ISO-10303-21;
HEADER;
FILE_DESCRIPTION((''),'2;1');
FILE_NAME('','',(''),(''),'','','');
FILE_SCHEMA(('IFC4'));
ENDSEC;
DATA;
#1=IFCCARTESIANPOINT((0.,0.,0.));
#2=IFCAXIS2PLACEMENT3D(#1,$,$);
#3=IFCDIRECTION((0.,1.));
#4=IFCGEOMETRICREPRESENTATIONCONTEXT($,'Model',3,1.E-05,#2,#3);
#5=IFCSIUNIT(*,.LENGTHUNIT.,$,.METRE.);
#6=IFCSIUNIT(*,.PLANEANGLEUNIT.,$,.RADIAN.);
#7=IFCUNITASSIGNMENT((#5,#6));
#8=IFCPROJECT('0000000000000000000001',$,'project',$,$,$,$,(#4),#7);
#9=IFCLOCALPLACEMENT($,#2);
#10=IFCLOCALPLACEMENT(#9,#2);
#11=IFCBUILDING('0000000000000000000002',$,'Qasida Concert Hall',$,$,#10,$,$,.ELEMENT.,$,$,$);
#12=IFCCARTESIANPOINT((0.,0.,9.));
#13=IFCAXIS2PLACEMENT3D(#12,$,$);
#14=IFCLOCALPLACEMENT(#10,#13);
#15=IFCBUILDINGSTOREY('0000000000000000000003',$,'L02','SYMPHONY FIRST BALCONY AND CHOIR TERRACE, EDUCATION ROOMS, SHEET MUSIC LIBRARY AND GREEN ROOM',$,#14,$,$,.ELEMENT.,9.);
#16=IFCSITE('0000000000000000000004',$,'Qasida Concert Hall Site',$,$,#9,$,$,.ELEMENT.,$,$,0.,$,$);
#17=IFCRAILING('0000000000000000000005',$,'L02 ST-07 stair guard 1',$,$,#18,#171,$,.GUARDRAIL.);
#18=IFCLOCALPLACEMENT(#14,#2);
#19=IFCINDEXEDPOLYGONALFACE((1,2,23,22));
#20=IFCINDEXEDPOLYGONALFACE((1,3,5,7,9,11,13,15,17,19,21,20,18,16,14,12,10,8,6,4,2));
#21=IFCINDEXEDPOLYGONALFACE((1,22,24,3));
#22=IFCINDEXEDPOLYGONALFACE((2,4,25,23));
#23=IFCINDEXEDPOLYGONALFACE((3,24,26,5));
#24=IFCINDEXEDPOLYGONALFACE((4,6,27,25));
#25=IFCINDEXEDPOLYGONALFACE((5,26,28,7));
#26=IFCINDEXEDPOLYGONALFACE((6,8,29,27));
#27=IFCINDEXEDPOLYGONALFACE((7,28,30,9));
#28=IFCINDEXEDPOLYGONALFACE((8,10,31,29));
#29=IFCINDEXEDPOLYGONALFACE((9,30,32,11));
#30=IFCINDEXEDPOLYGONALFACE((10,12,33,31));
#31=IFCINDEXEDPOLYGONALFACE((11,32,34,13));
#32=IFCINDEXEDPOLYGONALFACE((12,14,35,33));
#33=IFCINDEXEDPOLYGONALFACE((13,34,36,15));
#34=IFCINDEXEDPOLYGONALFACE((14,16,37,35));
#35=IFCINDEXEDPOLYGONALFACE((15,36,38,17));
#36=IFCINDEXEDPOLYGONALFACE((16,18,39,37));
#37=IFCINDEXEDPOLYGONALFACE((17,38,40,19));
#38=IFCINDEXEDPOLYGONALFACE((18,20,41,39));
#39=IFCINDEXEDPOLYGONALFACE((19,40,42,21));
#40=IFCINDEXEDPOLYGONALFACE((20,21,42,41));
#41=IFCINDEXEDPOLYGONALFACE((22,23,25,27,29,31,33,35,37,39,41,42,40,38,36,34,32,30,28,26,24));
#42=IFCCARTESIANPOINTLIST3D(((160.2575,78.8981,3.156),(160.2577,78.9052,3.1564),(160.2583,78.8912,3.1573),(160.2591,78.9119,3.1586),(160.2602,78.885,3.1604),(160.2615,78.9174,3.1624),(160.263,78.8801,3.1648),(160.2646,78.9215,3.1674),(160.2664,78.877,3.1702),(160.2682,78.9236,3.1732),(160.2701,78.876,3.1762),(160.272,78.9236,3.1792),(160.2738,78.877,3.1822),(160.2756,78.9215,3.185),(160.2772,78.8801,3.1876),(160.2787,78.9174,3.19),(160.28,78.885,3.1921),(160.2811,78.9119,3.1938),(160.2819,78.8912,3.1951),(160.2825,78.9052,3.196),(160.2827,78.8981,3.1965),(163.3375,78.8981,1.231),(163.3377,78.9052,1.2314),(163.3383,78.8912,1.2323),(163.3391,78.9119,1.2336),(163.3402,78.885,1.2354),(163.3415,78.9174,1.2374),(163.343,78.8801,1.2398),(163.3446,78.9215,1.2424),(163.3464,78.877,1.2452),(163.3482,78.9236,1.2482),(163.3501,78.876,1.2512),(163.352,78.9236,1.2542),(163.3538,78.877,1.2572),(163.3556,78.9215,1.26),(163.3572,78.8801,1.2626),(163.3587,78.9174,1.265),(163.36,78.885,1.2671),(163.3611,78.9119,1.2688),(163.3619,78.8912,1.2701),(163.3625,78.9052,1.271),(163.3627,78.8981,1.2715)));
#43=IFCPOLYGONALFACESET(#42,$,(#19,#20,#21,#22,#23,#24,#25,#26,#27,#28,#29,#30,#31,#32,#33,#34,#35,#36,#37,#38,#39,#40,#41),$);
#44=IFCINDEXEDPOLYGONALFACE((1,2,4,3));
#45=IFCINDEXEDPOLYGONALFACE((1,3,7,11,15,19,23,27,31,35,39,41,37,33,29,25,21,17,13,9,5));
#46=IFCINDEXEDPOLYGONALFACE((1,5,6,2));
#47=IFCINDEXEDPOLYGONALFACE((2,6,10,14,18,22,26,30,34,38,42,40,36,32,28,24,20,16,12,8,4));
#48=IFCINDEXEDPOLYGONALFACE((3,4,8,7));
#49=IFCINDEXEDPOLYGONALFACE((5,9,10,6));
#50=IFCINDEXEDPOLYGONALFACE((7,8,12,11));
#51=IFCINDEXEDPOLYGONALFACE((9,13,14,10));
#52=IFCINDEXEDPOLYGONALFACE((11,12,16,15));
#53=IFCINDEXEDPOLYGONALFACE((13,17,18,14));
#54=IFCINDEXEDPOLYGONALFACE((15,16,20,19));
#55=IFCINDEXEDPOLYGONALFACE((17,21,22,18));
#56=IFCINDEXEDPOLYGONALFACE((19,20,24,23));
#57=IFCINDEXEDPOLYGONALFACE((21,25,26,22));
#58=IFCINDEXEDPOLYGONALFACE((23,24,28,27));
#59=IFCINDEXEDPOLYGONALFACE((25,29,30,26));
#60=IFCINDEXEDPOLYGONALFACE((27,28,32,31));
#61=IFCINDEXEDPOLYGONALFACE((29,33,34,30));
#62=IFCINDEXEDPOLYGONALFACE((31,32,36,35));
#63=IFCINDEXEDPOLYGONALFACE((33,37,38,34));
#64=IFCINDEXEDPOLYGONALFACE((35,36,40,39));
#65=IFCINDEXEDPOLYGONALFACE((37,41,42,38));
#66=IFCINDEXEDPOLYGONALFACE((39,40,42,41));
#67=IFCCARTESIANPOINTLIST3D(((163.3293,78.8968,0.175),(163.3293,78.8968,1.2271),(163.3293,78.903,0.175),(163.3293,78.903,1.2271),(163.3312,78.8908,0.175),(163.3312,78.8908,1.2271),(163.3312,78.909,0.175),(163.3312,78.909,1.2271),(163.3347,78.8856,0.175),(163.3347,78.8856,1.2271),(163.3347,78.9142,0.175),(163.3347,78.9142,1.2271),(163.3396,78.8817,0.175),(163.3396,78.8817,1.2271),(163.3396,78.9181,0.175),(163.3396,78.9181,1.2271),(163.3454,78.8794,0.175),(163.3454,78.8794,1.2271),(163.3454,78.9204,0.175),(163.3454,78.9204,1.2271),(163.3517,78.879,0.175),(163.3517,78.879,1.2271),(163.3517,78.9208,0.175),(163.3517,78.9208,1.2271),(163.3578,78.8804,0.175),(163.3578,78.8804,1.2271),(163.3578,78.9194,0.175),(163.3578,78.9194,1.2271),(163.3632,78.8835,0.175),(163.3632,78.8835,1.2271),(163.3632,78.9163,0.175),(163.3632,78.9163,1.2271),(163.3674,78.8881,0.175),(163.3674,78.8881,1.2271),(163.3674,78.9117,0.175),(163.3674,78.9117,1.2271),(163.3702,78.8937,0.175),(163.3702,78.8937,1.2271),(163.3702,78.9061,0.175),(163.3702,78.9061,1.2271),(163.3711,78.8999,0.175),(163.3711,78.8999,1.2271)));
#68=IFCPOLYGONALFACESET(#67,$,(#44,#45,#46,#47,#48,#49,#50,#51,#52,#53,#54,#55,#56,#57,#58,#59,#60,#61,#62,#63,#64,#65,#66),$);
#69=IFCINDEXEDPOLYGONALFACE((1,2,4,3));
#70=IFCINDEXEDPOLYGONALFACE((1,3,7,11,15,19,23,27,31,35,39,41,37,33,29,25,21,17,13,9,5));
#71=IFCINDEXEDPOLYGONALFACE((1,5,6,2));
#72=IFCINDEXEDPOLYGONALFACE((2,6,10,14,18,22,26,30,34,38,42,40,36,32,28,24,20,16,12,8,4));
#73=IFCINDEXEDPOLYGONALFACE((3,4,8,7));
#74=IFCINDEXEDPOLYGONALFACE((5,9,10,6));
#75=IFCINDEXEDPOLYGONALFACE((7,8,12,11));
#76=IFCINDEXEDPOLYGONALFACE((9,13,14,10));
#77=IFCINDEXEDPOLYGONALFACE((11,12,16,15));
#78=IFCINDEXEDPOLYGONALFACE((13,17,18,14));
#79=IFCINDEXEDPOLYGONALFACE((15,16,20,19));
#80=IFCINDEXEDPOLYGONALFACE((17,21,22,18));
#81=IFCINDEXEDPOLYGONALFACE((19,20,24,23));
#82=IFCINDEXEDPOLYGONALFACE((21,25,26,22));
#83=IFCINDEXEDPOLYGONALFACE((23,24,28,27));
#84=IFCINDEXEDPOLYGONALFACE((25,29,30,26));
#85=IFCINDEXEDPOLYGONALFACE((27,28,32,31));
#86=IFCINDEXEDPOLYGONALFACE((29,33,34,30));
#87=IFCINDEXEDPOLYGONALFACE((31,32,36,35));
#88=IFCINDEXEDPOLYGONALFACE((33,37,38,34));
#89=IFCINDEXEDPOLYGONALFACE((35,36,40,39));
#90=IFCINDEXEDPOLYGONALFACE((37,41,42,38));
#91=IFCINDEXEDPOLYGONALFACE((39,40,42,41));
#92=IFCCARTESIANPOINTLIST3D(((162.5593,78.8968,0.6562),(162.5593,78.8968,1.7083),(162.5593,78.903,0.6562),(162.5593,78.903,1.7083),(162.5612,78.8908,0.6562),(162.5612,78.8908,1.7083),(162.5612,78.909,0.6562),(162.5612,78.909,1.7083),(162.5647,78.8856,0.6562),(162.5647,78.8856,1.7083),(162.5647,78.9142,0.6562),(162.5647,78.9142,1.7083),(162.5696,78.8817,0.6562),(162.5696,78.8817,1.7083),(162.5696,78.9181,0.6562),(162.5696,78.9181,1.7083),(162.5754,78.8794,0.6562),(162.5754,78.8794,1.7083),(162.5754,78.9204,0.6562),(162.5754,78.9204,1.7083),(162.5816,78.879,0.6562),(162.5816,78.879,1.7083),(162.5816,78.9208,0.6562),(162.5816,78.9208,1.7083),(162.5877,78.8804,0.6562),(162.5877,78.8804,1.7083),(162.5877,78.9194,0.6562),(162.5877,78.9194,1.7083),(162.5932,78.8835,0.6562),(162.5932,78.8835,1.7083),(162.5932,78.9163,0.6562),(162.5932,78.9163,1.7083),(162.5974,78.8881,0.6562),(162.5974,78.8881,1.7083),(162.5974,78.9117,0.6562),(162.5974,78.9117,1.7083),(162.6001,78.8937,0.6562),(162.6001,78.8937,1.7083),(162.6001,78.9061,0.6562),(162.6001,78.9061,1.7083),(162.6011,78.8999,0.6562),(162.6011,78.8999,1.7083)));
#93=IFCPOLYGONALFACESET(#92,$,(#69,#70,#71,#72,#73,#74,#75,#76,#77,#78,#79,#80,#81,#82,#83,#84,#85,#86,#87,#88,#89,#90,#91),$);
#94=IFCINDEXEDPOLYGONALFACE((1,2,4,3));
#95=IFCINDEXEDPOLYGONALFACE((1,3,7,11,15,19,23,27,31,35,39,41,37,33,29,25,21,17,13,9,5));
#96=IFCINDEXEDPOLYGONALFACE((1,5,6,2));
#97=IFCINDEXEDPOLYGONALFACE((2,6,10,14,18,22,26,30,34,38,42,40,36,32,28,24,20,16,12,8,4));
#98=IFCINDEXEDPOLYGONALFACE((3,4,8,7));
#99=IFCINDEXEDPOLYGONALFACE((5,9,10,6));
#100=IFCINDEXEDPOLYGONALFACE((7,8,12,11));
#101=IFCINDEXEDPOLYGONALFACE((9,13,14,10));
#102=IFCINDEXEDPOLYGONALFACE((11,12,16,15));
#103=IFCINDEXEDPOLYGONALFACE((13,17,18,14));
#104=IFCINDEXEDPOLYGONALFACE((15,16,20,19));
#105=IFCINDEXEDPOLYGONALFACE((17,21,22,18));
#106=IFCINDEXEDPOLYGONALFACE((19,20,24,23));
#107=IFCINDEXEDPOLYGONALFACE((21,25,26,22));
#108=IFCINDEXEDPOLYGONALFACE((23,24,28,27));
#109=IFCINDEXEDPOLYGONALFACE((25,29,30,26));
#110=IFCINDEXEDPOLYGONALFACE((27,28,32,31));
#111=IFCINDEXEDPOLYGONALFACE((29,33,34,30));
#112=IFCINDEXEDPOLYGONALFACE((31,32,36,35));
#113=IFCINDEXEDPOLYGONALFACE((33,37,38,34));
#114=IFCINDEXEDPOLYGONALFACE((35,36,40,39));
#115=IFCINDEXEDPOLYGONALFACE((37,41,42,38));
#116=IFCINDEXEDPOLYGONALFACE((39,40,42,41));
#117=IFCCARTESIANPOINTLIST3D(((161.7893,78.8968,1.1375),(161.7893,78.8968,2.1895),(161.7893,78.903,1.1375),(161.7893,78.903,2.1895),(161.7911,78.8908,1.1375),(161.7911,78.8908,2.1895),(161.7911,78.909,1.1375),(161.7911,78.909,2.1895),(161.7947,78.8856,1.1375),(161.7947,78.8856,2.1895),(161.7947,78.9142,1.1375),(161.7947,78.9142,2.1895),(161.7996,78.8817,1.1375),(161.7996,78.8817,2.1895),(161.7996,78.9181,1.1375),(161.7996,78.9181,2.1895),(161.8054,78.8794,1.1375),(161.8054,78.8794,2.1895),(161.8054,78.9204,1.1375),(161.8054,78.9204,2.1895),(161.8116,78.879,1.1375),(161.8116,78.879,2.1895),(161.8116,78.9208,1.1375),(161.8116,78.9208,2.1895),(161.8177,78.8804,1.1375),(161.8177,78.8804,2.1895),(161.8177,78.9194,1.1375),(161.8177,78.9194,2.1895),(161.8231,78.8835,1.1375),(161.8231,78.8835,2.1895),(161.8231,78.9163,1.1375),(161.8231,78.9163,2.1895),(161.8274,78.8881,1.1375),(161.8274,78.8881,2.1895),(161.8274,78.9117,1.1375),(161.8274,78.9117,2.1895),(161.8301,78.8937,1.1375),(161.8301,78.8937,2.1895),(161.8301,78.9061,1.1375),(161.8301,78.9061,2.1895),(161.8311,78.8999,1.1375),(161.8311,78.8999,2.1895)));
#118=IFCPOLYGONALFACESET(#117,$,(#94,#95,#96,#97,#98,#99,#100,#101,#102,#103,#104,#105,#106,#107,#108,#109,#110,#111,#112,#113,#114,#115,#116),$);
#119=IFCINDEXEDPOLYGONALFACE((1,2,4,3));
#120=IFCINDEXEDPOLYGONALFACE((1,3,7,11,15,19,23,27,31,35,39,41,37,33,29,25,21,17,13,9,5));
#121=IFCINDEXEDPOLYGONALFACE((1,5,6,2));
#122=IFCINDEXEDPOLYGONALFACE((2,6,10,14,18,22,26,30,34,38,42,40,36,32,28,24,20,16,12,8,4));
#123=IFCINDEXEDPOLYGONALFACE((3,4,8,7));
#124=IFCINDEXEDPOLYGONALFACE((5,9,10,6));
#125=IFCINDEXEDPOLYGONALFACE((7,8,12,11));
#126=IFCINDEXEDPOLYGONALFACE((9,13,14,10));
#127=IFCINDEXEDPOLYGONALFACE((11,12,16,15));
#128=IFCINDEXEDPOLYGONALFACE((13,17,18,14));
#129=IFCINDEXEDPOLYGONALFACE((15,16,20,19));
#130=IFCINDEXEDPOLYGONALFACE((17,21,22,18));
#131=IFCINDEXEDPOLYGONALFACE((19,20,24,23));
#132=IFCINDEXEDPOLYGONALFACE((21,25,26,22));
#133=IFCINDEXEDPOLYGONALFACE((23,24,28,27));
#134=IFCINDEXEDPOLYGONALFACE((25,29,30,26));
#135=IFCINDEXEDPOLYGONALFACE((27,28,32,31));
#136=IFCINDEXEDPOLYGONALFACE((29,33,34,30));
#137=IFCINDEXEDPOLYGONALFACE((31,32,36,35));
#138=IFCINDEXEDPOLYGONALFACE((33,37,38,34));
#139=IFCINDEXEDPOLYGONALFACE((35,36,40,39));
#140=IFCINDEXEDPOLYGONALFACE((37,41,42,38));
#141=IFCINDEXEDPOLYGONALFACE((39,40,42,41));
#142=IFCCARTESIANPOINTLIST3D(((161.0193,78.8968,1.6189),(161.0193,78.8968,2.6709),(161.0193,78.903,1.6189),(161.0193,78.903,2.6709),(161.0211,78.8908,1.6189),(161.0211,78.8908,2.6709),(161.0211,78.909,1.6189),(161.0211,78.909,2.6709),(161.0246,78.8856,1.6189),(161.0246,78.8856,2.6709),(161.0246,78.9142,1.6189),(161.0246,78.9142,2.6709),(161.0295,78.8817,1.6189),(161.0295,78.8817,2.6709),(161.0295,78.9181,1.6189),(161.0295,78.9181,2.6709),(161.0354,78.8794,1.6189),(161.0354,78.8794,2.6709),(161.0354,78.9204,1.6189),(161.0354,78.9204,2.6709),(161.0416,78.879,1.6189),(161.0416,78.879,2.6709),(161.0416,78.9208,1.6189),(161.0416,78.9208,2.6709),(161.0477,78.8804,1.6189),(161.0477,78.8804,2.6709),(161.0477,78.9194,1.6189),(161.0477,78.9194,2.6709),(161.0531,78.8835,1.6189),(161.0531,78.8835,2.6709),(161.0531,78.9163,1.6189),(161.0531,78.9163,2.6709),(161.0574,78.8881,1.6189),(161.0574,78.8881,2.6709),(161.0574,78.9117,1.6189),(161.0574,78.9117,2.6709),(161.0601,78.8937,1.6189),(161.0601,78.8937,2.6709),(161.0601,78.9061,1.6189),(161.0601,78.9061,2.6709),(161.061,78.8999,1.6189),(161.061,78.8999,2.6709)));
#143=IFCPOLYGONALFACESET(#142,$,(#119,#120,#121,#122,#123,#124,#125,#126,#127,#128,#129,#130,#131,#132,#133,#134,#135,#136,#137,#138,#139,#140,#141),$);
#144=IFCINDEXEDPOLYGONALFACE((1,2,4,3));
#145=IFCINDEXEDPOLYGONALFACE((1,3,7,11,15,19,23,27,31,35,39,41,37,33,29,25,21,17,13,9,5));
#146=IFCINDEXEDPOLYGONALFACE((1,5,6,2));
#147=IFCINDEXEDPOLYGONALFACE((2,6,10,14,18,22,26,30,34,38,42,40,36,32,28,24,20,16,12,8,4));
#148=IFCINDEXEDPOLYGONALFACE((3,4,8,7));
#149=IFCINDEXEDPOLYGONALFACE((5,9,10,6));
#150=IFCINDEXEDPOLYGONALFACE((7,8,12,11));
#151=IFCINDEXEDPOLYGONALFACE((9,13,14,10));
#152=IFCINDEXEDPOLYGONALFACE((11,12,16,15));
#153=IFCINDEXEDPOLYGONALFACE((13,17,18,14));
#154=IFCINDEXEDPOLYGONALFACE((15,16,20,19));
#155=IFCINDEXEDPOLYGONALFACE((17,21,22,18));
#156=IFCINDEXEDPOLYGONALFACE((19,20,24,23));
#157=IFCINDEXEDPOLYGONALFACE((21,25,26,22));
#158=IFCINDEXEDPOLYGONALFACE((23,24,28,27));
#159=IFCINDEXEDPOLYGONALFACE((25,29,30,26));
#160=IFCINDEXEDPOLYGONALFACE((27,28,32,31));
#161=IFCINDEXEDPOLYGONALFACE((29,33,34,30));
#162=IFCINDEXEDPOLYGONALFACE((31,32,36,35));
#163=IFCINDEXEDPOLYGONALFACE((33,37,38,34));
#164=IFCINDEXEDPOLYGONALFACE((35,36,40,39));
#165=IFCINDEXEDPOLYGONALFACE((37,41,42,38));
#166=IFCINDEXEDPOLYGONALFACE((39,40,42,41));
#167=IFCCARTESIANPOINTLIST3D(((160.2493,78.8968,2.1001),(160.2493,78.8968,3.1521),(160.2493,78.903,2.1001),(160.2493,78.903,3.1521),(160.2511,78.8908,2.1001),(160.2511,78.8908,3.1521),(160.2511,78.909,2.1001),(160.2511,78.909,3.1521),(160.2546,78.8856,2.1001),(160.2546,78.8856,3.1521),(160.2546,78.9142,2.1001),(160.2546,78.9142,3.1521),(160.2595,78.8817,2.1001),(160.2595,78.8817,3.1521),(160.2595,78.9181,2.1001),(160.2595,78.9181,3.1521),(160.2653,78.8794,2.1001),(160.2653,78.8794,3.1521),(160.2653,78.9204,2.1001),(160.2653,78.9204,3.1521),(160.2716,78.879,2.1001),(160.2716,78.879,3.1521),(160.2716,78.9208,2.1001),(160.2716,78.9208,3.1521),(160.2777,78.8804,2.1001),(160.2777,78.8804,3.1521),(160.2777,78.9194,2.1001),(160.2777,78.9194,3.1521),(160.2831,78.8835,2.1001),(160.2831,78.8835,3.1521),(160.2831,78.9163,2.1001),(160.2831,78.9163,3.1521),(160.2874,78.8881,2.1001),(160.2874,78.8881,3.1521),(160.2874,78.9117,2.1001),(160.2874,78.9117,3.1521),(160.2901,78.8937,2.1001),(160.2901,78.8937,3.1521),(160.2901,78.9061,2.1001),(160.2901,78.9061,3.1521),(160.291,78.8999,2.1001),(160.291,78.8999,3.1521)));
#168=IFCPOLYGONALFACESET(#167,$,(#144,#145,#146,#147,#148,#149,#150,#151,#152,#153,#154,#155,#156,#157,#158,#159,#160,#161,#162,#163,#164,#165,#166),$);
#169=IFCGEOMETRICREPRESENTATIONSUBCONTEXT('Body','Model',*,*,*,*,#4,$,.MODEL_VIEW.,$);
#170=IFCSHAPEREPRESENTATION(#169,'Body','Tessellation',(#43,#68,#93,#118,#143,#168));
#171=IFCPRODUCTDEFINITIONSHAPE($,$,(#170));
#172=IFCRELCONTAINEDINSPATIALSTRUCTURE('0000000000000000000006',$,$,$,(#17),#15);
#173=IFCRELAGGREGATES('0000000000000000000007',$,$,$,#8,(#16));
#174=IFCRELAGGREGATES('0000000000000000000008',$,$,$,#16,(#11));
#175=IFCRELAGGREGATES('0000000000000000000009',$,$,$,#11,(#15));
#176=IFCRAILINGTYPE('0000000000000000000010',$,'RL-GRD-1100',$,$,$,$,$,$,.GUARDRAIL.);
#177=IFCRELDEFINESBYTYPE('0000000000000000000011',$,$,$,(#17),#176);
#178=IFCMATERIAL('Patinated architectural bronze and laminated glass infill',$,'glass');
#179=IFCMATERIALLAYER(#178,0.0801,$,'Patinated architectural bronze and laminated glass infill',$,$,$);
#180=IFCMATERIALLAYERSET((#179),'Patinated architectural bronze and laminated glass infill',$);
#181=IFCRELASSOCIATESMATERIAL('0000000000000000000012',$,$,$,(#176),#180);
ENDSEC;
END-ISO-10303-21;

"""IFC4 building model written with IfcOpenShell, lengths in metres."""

from ifc_helpers import new_model, si_unit, direction, frame, origin, origin_2d, place, context, subcontext, project, spatial, circle, extrude, material, layer, layer_set, type_object, element, save


model = new_model("IFC4")

# Units and contexts
model_context = context("Model", 3, precision=1e-05, world=origin(), true_north=direction((0.0, 1.0)))
body_context = subcontext(model_context, "Body", "Model", "MODEL_VIEW")
ifc_project = project(units=[si_unit("LENGTHUNIT", "METRE"), si_unit("PLANEANGLEUNIT", "RADIAN")], contexts=[model_context])

# Site, building, storey
site_placement = place(None, origin())
site = spatial("IfcSite", under=ifc_project, at=site_placement, Name="Qasida Concert Hall Site", CompositionType="ELEMENT", RefElevation=0.0)
building_placement = place(site_placement, origin())
building = spatial("IfcBuilding", under=site, at=building_placement, Name="Qasida Concert Hall", CompositionType="ELEMENT")
storey_placement = place(building_placement, frame((0.0, 0.0, 9.0)))
storey = spatial("IfcBuildingStorey", under=building, at=storey_placement, Name="L02", Description="SYMPHONY FIRST BALCONY AND CHOIR TERRACE, EDUCATION ROOMS, SHEET MUSIC LIBRARY AND GREEN ROOM", CompositionType="ELEMENT", Elevation=9.0)

# Railing
ifc_material_1 = material(Name="Patinated architectural bronze and laminated glass infill", Category="glass")
ifc_layer_1 = layer(ifc_material_1, 0.0801, Name="Patinated architectural bronze and laminated glass infill")
ifc_layer_set_1 = layer_set([ifc_layer_1], Name="Patinated architectural bronze and laminated glass infill")
railing_type_1 = type_object("IfcRailingType", Name="RL-GRD-1100", PredefinedType="GUARDRAIL", material=ifc_layer_set_1)
railing_1_placement = place(storey_placement, frame((163.3501, 78.8999, 0.175)))
element("IfcRailing", 1, at=railing_1_placement, inside=storey, type_object=railing_type_1, Name="L02 ST-07 stair guard 1", PredefinedType="GUARDRAIL", context=body_context, shape_type="SweptSolid", body=[
    extrude(circle(Radius=0.0239, at=origin_2d()), frame((0.0, 0.0, 1.0762), z_axis=(-0.847998, 0.0, 0.529999), x_axis=(0.0, -1.0, 0.0)), (0.0, 0.0, 1.0), 3.6321),
    extrude(circle(Radius=0.021, at=origin_2d()), origin(), (0.0, 0.0, 1.0), 1.052),
    extrude(circle(Radius=0.021, at=origin_2d()), frame((-0.77, 0.0, 0.4812)), (0.0, 0.0, 1.0), 1.052),
    extrude(circle(Radius=0.021, at=origin_2d()), frame((-1.54, 0.0, 0.9624)), (0.0, 0.0, 1.0), 1.052),
    extrude(circle(Radius=0.021, at=origin_2d()), frame((-2.3101, 0.0, 1.4438)), (0.0, 0.0, 1.0), 1.052),
    extrude(circle(Radius=0.021, at=origin_2d()), frame((-3.0801, 0.0, 1.925)), (0.0, 0.0, 1.0), 1.052),
])

save(model, "model.ifc")
